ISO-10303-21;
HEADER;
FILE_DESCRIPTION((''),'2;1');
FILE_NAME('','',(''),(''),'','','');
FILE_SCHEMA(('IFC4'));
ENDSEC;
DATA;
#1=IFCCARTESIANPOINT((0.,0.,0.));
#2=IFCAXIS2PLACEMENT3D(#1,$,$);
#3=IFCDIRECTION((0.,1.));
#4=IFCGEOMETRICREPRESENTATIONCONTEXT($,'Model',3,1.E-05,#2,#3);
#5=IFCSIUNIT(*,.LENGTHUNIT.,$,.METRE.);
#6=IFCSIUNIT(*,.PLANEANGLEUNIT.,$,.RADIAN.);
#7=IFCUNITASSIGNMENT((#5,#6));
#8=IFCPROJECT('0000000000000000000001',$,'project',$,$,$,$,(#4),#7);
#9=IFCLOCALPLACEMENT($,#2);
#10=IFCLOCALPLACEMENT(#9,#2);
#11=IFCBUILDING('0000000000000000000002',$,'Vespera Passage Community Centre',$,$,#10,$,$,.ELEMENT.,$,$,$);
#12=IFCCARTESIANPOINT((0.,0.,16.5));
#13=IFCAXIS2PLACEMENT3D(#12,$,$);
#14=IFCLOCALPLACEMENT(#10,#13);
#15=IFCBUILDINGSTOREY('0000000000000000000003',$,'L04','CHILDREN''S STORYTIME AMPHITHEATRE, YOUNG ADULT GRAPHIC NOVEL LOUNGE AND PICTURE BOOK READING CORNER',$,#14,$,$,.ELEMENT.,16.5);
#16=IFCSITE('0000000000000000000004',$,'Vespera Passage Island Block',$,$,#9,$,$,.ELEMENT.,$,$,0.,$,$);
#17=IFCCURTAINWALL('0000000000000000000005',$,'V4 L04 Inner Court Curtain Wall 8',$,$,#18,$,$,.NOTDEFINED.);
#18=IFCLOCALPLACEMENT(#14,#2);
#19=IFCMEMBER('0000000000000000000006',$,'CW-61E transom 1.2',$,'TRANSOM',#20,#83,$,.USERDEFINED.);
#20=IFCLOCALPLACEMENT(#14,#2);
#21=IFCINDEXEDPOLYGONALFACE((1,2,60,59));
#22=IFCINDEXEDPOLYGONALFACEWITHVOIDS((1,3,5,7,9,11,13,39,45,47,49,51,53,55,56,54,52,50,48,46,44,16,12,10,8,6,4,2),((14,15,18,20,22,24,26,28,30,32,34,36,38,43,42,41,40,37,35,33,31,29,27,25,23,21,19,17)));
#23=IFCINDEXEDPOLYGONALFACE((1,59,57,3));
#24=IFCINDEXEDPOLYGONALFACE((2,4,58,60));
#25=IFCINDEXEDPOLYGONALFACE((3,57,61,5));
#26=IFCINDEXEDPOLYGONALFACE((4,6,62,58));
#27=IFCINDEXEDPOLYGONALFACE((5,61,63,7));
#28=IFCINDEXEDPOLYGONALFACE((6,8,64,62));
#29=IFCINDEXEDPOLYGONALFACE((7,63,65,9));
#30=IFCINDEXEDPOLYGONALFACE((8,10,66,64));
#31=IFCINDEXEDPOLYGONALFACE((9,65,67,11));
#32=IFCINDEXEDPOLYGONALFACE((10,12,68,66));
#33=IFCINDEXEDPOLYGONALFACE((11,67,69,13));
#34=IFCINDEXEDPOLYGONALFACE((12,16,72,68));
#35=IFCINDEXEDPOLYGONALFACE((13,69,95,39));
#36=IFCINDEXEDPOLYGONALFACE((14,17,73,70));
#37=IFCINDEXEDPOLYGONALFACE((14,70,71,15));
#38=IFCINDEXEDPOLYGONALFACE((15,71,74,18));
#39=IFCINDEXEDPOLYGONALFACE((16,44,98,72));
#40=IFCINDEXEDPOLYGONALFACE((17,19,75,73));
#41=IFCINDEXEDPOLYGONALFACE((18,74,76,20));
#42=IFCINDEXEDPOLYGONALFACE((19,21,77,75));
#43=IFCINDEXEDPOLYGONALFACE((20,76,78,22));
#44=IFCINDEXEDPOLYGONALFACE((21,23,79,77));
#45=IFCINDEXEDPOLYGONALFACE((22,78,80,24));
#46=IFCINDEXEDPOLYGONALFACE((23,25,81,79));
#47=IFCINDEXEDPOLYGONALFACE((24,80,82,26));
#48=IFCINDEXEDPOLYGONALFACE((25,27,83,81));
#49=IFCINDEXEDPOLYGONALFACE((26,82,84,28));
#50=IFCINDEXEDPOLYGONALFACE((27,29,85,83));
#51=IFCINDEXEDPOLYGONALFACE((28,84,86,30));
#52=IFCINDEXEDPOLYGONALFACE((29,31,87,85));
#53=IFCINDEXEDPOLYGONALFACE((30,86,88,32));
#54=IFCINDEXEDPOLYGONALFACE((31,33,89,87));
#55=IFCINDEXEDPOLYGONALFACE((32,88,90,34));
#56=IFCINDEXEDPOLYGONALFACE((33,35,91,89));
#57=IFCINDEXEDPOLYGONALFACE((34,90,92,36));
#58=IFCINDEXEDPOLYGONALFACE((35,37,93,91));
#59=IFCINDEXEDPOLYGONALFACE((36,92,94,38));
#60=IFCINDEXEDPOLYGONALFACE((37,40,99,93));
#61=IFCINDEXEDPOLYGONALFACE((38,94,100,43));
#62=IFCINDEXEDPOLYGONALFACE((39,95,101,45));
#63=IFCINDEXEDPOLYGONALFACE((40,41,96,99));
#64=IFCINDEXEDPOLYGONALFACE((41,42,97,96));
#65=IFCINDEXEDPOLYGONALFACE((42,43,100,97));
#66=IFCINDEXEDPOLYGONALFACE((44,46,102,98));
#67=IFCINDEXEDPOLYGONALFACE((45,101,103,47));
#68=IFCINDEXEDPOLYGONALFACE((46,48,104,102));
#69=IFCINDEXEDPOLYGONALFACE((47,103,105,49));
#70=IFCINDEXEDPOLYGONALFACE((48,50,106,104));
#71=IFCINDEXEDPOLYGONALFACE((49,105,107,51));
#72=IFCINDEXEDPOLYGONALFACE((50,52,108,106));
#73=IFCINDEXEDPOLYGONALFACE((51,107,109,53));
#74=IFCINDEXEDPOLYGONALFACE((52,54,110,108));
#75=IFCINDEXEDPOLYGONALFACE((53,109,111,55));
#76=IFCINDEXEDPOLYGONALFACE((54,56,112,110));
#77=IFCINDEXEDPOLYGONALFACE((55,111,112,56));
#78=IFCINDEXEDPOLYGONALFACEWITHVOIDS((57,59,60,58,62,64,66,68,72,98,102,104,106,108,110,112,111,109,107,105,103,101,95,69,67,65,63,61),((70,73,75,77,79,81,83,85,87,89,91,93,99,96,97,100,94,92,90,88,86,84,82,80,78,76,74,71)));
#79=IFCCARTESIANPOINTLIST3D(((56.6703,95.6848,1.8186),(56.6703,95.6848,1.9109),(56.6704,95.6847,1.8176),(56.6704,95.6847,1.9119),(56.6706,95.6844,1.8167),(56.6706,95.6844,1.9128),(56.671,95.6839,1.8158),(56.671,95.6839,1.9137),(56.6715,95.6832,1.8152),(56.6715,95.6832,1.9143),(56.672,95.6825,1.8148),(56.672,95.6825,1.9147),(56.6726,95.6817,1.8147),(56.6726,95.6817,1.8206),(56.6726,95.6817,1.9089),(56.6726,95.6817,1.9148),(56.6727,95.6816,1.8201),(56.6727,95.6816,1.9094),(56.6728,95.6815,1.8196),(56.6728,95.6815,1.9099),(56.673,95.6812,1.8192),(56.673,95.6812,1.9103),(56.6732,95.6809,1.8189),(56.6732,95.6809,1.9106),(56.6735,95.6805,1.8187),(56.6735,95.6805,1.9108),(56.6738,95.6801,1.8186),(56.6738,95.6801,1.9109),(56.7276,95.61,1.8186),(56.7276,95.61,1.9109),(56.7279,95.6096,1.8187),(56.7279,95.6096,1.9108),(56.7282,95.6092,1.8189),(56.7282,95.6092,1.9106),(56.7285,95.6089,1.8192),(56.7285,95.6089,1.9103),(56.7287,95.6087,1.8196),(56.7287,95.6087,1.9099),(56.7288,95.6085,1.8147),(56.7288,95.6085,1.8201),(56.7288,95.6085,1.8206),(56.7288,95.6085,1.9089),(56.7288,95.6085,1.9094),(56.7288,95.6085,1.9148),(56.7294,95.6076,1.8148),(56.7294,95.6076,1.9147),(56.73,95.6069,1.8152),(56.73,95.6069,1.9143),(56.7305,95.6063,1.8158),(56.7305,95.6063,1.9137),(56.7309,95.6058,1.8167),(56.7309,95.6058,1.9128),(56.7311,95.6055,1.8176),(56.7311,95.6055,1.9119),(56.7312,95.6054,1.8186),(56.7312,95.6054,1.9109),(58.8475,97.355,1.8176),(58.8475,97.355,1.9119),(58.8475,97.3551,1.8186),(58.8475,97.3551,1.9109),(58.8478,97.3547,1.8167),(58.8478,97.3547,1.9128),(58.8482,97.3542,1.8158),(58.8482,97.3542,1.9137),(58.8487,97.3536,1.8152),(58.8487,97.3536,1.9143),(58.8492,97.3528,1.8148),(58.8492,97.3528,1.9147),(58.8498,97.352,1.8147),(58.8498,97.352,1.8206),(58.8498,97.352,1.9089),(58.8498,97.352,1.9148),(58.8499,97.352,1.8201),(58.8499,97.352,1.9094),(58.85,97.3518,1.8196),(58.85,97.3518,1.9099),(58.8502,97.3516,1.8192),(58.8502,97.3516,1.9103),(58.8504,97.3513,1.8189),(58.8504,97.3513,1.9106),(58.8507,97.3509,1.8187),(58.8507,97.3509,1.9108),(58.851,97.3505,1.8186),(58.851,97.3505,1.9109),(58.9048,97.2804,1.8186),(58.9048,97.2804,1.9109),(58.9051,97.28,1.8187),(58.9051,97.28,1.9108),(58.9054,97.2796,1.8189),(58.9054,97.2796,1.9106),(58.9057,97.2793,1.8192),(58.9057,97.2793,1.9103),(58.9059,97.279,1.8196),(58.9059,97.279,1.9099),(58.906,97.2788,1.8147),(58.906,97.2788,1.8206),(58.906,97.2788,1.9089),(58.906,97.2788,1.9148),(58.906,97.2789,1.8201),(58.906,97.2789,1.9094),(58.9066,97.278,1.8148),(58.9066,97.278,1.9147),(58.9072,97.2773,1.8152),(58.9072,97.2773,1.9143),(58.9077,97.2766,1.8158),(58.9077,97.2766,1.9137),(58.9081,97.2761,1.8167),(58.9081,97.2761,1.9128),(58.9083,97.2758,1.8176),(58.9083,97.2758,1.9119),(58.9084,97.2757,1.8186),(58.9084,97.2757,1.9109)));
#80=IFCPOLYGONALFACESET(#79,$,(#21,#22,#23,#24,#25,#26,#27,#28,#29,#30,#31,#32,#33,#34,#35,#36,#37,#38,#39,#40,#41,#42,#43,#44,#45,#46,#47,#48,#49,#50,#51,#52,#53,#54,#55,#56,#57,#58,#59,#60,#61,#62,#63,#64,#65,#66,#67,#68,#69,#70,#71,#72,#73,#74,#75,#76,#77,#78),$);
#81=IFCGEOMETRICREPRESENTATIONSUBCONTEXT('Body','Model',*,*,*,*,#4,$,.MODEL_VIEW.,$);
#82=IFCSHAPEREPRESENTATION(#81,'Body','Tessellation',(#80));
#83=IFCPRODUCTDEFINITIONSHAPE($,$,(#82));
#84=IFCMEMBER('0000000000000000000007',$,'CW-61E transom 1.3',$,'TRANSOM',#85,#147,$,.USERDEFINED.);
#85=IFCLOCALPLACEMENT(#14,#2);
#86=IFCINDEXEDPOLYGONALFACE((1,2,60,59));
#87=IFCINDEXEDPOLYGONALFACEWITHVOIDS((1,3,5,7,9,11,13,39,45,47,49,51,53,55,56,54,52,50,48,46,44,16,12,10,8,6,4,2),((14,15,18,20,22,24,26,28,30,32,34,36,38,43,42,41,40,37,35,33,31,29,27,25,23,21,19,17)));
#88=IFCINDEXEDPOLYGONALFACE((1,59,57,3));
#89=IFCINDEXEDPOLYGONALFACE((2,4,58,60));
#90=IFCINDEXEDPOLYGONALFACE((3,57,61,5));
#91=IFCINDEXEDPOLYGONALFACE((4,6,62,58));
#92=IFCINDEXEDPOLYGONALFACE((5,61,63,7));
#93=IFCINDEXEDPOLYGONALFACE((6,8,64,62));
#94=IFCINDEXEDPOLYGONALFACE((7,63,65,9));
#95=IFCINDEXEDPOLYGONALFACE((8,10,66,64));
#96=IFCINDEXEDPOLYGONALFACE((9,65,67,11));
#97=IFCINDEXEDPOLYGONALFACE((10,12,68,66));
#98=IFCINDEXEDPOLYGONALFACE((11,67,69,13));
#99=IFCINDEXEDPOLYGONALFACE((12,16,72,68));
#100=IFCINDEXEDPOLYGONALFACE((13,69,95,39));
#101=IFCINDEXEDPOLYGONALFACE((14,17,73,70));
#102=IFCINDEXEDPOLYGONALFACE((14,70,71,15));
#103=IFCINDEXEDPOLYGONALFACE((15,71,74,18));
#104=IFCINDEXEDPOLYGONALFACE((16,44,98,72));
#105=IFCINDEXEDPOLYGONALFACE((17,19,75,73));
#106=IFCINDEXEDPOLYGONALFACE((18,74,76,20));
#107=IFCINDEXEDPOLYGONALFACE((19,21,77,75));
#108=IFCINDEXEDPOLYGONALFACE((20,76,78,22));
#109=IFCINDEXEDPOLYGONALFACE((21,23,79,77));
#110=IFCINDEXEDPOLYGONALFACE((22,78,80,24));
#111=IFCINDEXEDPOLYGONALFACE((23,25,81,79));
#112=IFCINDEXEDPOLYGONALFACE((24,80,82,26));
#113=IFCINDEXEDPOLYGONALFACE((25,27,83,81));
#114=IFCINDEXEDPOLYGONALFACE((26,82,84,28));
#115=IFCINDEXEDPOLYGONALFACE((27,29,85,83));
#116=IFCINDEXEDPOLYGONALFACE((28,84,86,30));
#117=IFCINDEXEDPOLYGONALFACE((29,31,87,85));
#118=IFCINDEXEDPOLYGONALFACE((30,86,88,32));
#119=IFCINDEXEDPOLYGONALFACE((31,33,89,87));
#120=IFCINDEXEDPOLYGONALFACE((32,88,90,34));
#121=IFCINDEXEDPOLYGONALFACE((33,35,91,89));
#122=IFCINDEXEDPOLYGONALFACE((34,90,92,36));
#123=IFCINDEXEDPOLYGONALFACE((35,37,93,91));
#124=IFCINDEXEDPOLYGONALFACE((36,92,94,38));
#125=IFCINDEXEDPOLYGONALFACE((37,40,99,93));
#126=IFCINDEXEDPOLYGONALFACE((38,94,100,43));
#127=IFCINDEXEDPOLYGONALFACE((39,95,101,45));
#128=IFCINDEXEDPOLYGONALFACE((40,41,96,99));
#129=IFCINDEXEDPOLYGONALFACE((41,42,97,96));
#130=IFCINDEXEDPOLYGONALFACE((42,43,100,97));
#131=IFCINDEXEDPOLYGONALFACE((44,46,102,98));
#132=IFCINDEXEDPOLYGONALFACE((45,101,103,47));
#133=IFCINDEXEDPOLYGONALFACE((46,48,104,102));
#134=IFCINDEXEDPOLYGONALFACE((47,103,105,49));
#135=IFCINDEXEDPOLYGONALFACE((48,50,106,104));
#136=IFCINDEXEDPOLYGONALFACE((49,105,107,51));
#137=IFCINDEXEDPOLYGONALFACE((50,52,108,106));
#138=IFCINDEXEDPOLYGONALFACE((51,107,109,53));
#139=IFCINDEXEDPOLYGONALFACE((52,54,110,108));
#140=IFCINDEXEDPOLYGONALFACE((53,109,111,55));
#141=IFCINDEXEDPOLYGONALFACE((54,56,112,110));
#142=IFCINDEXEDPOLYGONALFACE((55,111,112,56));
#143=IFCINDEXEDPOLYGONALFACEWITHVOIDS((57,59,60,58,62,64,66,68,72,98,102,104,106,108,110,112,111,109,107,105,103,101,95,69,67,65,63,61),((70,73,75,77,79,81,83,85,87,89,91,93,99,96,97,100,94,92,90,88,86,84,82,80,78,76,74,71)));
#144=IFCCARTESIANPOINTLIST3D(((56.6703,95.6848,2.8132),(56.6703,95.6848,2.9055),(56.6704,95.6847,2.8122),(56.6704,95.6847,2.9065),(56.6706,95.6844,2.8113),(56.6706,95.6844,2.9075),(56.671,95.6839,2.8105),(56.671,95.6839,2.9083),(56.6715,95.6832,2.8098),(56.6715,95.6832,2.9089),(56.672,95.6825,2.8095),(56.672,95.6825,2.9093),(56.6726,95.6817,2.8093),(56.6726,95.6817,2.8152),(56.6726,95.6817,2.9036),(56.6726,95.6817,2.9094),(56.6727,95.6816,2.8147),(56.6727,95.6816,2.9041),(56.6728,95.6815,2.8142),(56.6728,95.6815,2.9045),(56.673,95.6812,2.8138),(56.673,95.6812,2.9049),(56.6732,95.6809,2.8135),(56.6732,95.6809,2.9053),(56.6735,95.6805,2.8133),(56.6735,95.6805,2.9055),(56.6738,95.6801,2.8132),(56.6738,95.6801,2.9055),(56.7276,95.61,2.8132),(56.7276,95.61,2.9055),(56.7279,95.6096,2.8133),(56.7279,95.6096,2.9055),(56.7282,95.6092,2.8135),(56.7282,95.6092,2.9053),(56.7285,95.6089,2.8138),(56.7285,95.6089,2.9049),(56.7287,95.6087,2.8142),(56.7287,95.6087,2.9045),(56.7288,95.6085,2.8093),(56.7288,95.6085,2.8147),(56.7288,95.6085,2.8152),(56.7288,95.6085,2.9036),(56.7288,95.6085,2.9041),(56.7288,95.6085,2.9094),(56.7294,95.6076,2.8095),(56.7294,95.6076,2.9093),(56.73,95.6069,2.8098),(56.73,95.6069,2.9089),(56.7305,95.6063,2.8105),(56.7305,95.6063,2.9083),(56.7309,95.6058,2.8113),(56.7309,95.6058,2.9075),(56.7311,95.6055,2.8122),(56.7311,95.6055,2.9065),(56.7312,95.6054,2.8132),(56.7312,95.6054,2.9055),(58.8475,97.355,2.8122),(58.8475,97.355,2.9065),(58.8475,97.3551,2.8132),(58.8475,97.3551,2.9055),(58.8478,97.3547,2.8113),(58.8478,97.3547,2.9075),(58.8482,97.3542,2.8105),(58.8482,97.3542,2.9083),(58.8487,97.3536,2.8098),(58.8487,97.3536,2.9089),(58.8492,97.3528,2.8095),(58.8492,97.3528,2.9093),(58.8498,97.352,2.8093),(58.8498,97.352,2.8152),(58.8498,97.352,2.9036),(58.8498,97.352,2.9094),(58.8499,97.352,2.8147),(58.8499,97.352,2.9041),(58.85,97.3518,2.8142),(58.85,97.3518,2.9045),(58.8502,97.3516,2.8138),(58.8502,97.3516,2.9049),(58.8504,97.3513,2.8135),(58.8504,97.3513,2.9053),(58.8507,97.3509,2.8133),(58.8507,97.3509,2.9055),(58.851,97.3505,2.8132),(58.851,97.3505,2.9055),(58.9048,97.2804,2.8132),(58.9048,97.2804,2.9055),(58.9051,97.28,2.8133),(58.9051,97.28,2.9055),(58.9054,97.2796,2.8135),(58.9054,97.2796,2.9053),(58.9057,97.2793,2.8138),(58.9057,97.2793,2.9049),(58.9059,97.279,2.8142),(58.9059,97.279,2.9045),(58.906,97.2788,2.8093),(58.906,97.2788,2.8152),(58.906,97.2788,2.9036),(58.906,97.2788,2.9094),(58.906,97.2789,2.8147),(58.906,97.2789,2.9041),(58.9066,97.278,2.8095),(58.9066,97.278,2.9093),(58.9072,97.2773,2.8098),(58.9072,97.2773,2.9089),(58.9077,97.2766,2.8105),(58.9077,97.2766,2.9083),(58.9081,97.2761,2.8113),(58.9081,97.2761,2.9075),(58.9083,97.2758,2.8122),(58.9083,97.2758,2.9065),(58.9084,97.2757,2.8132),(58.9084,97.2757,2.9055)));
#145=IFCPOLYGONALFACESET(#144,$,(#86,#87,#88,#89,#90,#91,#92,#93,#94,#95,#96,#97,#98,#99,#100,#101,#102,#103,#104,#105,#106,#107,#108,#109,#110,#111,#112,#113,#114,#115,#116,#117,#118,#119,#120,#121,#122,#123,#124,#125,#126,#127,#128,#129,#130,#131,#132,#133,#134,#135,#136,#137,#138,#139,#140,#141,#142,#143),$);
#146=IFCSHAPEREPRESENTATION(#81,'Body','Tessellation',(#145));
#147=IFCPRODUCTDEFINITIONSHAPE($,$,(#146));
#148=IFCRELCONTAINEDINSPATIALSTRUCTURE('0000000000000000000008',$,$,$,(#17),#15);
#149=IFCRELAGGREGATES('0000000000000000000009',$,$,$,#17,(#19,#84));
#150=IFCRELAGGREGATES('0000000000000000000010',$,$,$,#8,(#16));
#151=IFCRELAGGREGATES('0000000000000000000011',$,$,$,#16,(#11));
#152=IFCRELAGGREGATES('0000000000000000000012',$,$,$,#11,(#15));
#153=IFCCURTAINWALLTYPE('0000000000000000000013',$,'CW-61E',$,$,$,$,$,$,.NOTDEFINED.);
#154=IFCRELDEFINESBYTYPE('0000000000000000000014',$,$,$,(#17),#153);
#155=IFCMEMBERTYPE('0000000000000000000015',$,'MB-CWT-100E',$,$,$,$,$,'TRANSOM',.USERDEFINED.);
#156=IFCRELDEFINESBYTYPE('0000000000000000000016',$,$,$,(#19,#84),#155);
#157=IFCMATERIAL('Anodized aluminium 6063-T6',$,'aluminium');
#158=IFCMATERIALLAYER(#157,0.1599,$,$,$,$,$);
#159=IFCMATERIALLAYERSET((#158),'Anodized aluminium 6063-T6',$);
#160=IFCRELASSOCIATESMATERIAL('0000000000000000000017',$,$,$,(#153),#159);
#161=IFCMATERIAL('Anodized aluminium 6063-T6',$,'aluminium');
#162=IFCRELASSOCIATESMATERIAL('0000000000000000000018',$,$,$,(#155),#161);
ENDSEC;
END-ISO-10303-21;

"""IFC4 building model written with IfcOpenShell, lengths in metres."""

from ifc_helpers import new_model, si_unit, direction, frame, origin, origin_2d, place, context, subcontext, project, spatial, hollow_rectangle, extrude, material, layer, layer_set, material_profile, profile_set, type_object, element, aggregate, save


model = new_model("IFC4")

# Units and contexts
model_context = context("Model", 3, precision=1e-05, world=origin(), true_north=direction((0.0, 1.0)))
body_context = subcontext(model_context, "Body", "Model", "MODEL_VIEW")
ifc_project = project(units=[si_unit("LENGTHUNIT", "METRE"), si_unit("PLANEANGLEUNIT", "RADIAN")], contexts=[model_context])

# Site, building, storey
site_placement = place(None, origin())
site = spatial("IfcSite", under=ifc_project, at=site_placement, Name="Vespera Passage Island Block", CompositionType="ELEMENT", RefElevation=0.0)
building_placement = place(site_placement, origin())
building = spatial("IfcBuilding", under=site, at=building_placement, Name="Vespera Passage Community Centre", CompositionType="ELEMENT")
storey_placement = place(building_placement, frame((0.0, 0.0, 16.5)))
storey = spatial("IfcBuildingStorey", under=building, at=storey_placement, Name="L04", Description="CHILDREN'S STORYTIME AMPHITHEATRE, YOUNG ADULT GRAPHIC NOVEL LOUNGE AND PICTURE BOOK READING CORNER", CompositionType="ELEMENT", Elevation=16.5)

# Curtain wall
ifc_material_1 = material(Name="Anodized aluminium 6063-T6", Category="aluminium")
ifc_layer_1 = layer(ifc_material_1, 0.1599)
ifc_layer_set_1 = layer_set([ifc_layer_1], Name="Anodized aluminium 6063-T6")
curtain_wall_type_1 = type_object("IfcCurtainWallType", Name="CW-61E", PredefinedType="NOTDEFINED", material=ifc_layer_set_1)
curtain_wall_1_placement = place(storey_placement, origin())
curtain_wall_1 = element("IfcCurtainWall", 1, at=curtain_wall_1_placement, inside=storey, type_object=curtain_wall_type_1, Name="V4 L04 Inner Court Curtain Wall 8", PredefinedType="NOTDEFINED")

# Members
ifc_material_2 = material(Name="Anodized aluminium 6063-T6", Category="aluminium")
ifc_material_profile_1 = material_profile(ifc_material_2, hollow_rectangle(XDim=0.1001, YDim=0.1001, WallThickness=0.0039, InnerFilletRadius=0.002, OuterFilletRadius=0.0039, at=origin_2d()), Name="ALU100X100X4")
ifc_profile_set_1 = profile_set([ifc_material_profile_1], Name="Anodized aluminium 6063-T6")
member_type_1 = type_object("IfcMemberType", Name="MB-CWT-100E", ElementType="TRANSOM", PredefinedType="USERDEFINED", material=ifc_profile_set_1)
member_1_placement = place(storey_placement, frame((58.8779, 97.3154, 1.8647), z_axis=(-0.793397, -0.608704, 0.0), x_axis=(0.608704, -0.793397, 0.0)))
member_1 = element("IfcMember", 2, at=member_1_placement, type_object=member_type_1, Name="CW-61E transom 1.2", ObjectType="TRANSOM", PredefinedType="USERDEFINED", context=body_context, shape_type="SweptSolid", body=[
    extrude(hollow_rectangle(XDim=0.1001, YDim=0.1001, WallThickness=0.0039, InnerFilletRadius=0.002, OuterFilletRadius=0.0039, at=origin_2d()), origin(), (0.0, 0.0, 1.0), 2.7441),
])
member_2_placement = place(storey_placement, frame((58.8779, 97.3154, 2.8594), z_axis=(-0.793397, -0.608704, 0.0), x_axis=(0.608704, -0.793397, 0.0)))
member_2 = element("IfcMember", 3, at=member_2_placement, type_object=member_type_1, Name="CW-61E transom 1.3", ObjectType="TRANSOM", PredefinedType="USERDEFINED", context=body_context, shape_type="SweptSolid", body=[
    extrude(hollow_rectangle(XDim=0.1001, YDim=0.1001, WallThickness=0.0039, InnerFilletRadius=0.002, OuterFilletRadius=0.0039, at=origin_2d()), origin(), (0.0, 0.0, 1.0), 2.7441),
])

aggregate(curtain_wall_1, [member_1, member_2])

save(model, "model.ifc")
